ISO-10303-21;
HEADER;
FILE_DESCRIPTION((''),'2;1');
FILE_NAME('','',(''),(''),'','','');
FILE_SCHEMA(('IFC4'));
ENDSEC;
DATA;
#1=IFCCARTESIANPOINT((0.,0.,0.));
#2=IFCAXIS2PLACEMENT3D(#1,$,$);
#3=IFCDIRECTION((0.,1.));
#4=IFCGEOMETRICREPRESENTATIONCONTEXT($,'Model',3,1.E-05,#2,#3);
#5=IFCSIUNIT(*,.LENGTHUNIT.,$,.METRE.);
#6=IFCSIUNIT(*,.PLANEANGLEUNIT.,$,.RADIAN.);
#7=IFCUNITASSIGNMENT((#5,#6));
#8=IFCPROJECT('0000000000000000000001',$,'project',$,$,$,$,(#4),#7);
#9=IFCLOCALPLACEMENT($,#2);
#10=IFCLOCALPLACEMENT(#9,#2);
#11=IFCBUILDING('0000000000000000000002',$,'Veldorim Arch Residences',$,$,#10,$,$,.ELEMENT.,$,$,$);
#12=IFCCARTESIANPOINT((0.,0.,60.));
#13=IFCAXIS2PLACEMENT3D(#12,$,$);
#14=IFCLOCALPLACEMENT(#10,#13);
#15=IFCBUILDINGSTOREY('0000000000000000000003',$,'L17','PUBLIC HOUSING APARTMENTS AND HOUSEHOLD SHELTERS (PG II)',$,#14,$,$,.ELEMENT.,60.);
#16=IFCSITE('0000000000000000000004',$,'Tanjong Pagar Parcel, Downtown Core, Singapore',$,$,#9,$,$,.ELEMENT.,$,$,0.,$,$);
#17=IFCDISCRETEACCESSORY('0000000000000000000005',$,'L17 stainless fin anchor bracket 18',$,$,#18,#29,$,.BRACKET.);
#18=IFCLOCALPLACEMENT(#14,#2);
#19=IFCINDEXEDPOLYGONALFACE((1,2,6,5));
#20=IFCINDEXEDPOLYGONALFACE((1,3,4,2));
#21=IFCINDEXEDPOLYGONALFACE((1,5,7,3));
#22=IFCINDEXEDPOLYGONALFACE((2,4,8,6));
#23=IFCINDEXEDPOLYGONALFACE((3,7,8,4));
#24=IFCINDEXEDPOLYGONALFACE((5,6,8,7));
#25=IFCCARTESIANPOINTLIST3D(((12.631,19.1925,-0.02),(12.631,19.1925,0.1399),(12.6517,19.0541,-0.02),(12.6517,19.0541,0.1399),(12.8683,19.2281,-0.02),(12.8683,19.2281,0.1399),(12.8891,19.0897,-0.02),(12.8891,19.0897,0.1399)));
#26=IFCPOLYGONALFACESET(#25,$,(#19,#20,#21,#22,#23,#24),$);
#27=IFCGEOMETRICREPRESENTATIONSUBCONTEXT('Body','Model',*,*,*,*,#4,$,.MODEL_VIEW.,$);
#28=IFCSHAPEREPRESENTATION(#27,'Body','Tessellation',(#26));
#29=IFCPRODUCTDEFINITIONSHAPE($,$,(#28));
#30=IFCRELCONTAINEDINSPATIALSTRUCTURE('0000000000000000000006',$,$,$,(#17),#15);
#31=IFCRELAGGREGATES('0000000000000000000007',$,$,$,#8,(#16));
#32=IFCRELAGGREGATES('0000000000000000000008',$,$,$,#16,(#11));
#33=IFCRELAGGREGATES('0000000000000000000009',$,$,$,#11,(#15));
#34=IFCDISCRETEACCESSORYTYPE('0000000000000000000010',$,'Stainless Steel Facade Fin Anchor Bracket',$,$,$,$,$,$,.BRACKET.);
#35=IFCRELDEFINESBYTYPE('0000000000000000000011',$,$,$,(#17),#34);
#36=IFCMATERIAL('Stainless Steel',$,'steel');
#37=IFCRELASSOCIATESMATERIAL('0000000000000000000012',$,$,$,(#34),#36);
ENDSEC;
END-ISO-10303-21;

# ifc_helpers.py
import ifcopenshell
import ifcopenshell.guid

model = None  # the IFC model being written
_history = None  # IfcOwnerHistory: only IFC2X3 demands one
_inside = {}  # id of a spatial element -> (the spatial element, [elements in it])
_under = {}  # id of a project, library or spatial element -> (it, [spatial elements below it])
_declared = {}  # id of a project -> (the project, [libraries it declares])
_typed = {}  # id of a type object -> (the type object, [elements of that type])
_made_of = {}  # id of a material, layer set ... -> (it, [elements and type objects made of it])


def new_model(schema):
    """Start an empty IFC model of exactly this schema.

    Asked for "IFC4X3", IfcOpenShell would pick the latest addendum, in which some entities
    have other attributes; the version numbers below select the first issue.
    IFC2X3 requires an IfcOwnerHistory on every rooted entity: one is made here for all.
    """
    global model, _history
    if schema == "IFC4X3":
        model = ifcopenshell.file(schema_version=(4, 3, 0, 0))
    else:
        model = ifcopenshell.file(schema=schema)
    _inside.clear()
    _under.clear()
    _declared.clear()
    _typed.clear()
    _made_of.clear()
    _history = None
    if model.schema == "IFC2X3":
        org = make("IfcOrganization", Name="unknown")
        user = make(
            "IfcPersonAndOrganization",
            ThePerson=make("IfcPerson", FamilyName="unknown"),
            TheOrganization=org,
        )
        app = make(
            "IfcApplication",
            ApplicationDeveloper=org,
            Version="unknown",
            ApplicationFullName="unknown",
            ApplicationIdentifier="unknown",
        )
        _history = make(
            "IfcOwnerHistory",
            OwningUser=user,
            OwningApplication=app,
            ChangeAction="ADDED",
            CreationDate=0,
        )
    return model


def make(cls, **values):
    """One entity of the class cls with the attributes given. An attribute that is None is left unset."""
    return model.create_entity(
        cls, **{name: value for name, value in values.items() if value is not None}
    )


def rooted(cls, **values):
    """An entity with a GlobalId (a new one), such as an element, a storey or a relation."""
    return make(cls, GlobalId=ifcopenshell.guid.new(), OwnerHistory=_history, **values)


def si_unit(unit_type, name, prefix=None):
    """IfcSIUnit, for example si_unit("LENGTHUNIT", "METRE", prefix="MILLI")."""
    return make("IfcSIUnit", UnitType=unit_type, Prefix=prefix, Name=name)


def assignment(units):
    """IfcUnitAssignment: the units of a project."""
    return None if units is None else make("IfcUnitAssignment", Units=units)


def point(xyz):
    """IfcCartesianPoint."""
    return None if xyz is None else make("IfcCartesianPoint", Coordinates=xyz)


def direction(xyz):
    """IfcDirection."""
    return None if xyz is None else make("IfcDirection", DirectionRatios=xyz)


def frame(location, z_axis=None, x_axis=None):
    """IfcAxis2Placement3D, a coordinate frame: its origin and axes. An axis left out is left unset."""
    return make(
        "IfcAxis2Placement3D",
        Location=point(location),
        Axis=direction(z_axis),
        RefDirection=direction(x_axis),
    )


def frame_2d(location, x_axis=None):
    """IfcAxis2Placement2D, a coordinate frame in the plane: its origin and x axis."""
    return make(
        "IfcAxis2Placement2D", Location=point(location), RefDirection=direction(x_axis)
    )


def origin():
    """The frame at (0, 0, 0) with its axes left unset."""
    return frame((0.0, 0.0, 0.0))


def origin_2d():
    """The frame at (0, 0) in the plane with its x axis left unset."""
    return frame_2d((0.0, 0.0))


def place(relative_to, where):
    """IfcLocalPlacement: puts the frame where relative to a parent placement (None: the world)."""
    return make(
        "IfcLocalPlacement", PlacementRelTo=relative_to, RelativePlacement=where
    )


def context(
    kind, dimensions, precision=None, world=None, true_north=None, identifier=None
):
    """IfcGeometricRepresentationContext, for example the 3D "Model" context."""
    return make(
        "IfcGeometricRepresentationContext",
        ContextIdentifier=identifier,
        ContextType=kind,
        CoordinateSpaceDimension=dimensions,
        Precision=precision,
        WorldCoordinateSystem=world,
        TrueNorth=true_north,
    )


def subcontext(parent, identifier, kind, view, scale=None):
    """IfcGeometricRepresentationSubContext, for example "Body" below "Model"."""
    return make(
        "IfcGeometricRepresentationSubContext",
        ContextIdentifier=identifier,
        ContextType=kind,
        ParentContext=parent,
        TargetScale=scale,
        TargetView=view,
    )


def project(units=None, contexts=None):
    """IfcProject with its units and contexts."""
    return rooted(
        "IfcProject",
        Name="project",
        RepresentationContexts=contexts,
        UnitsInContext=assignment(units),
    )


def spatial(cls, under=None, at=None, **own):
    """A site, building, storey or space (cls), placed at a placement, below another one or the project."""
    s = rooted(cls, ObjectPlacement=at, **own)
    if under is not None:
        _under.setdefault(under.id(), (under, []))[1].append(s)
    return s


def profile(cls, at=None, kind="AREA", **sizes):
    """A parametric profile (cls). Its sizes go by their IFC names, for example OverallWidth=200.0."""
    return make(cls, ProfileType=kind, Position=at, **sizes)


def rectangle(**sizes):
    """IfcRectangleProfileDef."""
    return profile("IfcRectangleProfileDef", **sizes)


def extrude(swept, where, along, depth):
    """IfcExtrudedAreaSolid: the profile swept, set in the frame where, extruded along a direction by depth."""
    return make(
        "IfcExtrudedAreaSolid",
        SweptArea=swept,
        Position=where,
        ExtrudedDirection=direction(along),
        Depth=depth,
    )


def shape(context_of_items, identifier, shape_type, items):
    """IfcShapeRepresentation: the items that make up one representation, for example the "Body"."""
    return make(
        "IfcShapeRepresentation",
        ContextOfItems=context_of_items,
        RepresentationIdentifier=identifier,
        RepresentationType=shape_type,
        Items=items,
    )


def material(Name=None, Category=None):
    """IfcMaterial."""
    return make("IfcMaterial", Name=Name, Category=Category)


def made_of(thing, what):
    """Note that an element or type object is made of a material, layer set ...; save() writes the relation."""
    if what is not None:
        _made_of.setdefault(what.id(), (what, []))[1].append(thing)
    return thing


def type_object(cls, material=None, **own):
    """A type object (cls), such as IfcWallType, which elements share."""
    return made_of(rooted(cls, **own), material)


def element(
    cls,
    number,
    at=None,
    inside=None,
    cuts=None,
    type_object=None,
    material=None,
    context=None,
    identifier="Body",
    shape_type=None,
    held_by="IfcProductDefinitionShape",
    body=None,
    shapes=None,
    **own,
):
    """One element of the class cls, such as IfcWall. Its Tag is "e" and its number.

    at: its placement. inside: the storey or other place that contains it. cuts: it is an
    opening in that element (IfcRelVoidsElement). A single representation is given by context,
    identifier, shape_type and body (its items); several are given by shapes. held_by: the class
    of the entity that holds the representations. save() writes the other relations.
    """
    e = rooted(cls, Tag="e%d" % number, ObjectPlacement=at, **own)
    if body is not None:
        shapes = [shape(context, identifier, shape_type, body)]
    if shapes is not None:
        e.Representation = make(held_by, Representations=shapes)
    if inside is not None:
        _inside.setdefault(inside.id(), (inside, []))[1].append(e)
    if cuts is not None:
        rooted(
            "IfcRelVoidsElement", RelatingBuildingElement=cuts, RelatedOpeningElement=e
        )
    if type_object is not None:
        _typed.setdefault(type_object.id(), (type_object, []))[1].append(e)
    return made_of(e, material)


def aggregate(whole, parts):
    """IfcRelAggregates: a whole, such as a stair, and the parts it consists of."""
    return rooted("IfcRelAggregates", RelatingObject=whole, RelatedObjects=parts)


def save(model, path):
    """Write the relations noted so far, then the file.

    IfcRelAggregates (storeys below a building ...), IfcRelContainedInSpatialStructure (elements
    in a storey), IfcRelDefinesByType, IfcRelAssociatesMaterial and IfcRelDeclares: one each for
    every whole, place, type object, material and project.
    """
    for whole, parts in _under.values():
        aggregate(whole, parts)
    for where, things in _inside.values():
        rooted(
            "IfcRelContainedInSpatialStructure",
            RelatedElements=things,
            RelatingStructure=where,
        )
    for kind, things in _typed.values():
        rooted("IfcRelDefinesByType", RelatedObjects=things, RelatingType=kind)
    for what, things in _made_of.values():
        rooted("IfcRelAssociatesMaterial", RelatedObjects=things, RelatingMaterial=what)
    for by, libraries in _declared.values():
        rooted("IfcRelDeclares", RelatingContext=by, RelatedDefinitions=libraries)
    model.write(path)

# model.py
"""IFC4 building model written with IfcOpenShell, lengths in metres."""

from ifc_helpers import new_model, si_unit, direction, frame, origin, origin_2d, place, context, subcontext, project, spatial, rectangle, extrude, material, type_object, element, save


model = new_model("IFC4")

# Units and contexts
model_context = context("Model", 3, precision=1e-05, world=origin(), true_north=direction((0.0, 1.0)))
body_context = subcontext(model_context, "Body", "Model", "MODEL_VIEW")
ifc_project = project(units=[si_unit("LENGTHUNIT", "METRE"), si_unit("PLANEANGLEUNIT", "RADIAN")], contexts=[model_context])

# Site, building, storey
site_placement = place(None, origin())
site = spatial("IfcSite", under=ifc_project, at=site_placement, Name="Tanjong Pagar Parcel, Downtown Core, Singapore", CompositionType="ELEMENT", RefElevation=0.0)
building_placement = place(site_placement, origin())
building = spatial("IfcBuilding", under=site, at=building_placement, Name="Veldorim Arch Residences", CompositionType="ELEMENT")
storey_placement = place(building_placement, frame((0.0, 0.0, 60.0)))
storey = spatial("IfcBuildingStorey", under=building, at=storey_placement, Name="L17", Description="PUBLIC HOUSING APARTMENTS AND HOUSEHOLD SHELTERS (PG II)", CompositionType="ELEMENT", Elevation=60.0)

# Discrete accessory
ifc_material_1 = material(Name="Stainless Steel", Category="steel")
discrete_accessory_type = type_object("IfcDiscreteAccessoryType", Name="Stainless Steel Facade Fin Anchor Bracket", PredefinedType="BRACKET", material=ifc_material_1)
discrete_accessory_placement = place(storey_placement, frame((12.76, 19.1411, -0.02), z_axis=(0.0, 0.0, 1.0), x_axis=(-0.148327, 0.988938, 0.0)))
element("IfcDiscreteAccessory", 1, at=discrete_accessory_placement, inside=storey, type_object=discrete_accessory_type, Name="L17 stainless fin anchor bracket 18", PredefinedType="BRACKET", context=body_context, shape_type="SweptSolid", body=[
    extrude(rectangle(XDim=0.1399, YDim=0.24, at=origin_2d()), origin(), (0.0, 0.0, 1.0), 0.1599),
])

save(model, "model.ifc")
